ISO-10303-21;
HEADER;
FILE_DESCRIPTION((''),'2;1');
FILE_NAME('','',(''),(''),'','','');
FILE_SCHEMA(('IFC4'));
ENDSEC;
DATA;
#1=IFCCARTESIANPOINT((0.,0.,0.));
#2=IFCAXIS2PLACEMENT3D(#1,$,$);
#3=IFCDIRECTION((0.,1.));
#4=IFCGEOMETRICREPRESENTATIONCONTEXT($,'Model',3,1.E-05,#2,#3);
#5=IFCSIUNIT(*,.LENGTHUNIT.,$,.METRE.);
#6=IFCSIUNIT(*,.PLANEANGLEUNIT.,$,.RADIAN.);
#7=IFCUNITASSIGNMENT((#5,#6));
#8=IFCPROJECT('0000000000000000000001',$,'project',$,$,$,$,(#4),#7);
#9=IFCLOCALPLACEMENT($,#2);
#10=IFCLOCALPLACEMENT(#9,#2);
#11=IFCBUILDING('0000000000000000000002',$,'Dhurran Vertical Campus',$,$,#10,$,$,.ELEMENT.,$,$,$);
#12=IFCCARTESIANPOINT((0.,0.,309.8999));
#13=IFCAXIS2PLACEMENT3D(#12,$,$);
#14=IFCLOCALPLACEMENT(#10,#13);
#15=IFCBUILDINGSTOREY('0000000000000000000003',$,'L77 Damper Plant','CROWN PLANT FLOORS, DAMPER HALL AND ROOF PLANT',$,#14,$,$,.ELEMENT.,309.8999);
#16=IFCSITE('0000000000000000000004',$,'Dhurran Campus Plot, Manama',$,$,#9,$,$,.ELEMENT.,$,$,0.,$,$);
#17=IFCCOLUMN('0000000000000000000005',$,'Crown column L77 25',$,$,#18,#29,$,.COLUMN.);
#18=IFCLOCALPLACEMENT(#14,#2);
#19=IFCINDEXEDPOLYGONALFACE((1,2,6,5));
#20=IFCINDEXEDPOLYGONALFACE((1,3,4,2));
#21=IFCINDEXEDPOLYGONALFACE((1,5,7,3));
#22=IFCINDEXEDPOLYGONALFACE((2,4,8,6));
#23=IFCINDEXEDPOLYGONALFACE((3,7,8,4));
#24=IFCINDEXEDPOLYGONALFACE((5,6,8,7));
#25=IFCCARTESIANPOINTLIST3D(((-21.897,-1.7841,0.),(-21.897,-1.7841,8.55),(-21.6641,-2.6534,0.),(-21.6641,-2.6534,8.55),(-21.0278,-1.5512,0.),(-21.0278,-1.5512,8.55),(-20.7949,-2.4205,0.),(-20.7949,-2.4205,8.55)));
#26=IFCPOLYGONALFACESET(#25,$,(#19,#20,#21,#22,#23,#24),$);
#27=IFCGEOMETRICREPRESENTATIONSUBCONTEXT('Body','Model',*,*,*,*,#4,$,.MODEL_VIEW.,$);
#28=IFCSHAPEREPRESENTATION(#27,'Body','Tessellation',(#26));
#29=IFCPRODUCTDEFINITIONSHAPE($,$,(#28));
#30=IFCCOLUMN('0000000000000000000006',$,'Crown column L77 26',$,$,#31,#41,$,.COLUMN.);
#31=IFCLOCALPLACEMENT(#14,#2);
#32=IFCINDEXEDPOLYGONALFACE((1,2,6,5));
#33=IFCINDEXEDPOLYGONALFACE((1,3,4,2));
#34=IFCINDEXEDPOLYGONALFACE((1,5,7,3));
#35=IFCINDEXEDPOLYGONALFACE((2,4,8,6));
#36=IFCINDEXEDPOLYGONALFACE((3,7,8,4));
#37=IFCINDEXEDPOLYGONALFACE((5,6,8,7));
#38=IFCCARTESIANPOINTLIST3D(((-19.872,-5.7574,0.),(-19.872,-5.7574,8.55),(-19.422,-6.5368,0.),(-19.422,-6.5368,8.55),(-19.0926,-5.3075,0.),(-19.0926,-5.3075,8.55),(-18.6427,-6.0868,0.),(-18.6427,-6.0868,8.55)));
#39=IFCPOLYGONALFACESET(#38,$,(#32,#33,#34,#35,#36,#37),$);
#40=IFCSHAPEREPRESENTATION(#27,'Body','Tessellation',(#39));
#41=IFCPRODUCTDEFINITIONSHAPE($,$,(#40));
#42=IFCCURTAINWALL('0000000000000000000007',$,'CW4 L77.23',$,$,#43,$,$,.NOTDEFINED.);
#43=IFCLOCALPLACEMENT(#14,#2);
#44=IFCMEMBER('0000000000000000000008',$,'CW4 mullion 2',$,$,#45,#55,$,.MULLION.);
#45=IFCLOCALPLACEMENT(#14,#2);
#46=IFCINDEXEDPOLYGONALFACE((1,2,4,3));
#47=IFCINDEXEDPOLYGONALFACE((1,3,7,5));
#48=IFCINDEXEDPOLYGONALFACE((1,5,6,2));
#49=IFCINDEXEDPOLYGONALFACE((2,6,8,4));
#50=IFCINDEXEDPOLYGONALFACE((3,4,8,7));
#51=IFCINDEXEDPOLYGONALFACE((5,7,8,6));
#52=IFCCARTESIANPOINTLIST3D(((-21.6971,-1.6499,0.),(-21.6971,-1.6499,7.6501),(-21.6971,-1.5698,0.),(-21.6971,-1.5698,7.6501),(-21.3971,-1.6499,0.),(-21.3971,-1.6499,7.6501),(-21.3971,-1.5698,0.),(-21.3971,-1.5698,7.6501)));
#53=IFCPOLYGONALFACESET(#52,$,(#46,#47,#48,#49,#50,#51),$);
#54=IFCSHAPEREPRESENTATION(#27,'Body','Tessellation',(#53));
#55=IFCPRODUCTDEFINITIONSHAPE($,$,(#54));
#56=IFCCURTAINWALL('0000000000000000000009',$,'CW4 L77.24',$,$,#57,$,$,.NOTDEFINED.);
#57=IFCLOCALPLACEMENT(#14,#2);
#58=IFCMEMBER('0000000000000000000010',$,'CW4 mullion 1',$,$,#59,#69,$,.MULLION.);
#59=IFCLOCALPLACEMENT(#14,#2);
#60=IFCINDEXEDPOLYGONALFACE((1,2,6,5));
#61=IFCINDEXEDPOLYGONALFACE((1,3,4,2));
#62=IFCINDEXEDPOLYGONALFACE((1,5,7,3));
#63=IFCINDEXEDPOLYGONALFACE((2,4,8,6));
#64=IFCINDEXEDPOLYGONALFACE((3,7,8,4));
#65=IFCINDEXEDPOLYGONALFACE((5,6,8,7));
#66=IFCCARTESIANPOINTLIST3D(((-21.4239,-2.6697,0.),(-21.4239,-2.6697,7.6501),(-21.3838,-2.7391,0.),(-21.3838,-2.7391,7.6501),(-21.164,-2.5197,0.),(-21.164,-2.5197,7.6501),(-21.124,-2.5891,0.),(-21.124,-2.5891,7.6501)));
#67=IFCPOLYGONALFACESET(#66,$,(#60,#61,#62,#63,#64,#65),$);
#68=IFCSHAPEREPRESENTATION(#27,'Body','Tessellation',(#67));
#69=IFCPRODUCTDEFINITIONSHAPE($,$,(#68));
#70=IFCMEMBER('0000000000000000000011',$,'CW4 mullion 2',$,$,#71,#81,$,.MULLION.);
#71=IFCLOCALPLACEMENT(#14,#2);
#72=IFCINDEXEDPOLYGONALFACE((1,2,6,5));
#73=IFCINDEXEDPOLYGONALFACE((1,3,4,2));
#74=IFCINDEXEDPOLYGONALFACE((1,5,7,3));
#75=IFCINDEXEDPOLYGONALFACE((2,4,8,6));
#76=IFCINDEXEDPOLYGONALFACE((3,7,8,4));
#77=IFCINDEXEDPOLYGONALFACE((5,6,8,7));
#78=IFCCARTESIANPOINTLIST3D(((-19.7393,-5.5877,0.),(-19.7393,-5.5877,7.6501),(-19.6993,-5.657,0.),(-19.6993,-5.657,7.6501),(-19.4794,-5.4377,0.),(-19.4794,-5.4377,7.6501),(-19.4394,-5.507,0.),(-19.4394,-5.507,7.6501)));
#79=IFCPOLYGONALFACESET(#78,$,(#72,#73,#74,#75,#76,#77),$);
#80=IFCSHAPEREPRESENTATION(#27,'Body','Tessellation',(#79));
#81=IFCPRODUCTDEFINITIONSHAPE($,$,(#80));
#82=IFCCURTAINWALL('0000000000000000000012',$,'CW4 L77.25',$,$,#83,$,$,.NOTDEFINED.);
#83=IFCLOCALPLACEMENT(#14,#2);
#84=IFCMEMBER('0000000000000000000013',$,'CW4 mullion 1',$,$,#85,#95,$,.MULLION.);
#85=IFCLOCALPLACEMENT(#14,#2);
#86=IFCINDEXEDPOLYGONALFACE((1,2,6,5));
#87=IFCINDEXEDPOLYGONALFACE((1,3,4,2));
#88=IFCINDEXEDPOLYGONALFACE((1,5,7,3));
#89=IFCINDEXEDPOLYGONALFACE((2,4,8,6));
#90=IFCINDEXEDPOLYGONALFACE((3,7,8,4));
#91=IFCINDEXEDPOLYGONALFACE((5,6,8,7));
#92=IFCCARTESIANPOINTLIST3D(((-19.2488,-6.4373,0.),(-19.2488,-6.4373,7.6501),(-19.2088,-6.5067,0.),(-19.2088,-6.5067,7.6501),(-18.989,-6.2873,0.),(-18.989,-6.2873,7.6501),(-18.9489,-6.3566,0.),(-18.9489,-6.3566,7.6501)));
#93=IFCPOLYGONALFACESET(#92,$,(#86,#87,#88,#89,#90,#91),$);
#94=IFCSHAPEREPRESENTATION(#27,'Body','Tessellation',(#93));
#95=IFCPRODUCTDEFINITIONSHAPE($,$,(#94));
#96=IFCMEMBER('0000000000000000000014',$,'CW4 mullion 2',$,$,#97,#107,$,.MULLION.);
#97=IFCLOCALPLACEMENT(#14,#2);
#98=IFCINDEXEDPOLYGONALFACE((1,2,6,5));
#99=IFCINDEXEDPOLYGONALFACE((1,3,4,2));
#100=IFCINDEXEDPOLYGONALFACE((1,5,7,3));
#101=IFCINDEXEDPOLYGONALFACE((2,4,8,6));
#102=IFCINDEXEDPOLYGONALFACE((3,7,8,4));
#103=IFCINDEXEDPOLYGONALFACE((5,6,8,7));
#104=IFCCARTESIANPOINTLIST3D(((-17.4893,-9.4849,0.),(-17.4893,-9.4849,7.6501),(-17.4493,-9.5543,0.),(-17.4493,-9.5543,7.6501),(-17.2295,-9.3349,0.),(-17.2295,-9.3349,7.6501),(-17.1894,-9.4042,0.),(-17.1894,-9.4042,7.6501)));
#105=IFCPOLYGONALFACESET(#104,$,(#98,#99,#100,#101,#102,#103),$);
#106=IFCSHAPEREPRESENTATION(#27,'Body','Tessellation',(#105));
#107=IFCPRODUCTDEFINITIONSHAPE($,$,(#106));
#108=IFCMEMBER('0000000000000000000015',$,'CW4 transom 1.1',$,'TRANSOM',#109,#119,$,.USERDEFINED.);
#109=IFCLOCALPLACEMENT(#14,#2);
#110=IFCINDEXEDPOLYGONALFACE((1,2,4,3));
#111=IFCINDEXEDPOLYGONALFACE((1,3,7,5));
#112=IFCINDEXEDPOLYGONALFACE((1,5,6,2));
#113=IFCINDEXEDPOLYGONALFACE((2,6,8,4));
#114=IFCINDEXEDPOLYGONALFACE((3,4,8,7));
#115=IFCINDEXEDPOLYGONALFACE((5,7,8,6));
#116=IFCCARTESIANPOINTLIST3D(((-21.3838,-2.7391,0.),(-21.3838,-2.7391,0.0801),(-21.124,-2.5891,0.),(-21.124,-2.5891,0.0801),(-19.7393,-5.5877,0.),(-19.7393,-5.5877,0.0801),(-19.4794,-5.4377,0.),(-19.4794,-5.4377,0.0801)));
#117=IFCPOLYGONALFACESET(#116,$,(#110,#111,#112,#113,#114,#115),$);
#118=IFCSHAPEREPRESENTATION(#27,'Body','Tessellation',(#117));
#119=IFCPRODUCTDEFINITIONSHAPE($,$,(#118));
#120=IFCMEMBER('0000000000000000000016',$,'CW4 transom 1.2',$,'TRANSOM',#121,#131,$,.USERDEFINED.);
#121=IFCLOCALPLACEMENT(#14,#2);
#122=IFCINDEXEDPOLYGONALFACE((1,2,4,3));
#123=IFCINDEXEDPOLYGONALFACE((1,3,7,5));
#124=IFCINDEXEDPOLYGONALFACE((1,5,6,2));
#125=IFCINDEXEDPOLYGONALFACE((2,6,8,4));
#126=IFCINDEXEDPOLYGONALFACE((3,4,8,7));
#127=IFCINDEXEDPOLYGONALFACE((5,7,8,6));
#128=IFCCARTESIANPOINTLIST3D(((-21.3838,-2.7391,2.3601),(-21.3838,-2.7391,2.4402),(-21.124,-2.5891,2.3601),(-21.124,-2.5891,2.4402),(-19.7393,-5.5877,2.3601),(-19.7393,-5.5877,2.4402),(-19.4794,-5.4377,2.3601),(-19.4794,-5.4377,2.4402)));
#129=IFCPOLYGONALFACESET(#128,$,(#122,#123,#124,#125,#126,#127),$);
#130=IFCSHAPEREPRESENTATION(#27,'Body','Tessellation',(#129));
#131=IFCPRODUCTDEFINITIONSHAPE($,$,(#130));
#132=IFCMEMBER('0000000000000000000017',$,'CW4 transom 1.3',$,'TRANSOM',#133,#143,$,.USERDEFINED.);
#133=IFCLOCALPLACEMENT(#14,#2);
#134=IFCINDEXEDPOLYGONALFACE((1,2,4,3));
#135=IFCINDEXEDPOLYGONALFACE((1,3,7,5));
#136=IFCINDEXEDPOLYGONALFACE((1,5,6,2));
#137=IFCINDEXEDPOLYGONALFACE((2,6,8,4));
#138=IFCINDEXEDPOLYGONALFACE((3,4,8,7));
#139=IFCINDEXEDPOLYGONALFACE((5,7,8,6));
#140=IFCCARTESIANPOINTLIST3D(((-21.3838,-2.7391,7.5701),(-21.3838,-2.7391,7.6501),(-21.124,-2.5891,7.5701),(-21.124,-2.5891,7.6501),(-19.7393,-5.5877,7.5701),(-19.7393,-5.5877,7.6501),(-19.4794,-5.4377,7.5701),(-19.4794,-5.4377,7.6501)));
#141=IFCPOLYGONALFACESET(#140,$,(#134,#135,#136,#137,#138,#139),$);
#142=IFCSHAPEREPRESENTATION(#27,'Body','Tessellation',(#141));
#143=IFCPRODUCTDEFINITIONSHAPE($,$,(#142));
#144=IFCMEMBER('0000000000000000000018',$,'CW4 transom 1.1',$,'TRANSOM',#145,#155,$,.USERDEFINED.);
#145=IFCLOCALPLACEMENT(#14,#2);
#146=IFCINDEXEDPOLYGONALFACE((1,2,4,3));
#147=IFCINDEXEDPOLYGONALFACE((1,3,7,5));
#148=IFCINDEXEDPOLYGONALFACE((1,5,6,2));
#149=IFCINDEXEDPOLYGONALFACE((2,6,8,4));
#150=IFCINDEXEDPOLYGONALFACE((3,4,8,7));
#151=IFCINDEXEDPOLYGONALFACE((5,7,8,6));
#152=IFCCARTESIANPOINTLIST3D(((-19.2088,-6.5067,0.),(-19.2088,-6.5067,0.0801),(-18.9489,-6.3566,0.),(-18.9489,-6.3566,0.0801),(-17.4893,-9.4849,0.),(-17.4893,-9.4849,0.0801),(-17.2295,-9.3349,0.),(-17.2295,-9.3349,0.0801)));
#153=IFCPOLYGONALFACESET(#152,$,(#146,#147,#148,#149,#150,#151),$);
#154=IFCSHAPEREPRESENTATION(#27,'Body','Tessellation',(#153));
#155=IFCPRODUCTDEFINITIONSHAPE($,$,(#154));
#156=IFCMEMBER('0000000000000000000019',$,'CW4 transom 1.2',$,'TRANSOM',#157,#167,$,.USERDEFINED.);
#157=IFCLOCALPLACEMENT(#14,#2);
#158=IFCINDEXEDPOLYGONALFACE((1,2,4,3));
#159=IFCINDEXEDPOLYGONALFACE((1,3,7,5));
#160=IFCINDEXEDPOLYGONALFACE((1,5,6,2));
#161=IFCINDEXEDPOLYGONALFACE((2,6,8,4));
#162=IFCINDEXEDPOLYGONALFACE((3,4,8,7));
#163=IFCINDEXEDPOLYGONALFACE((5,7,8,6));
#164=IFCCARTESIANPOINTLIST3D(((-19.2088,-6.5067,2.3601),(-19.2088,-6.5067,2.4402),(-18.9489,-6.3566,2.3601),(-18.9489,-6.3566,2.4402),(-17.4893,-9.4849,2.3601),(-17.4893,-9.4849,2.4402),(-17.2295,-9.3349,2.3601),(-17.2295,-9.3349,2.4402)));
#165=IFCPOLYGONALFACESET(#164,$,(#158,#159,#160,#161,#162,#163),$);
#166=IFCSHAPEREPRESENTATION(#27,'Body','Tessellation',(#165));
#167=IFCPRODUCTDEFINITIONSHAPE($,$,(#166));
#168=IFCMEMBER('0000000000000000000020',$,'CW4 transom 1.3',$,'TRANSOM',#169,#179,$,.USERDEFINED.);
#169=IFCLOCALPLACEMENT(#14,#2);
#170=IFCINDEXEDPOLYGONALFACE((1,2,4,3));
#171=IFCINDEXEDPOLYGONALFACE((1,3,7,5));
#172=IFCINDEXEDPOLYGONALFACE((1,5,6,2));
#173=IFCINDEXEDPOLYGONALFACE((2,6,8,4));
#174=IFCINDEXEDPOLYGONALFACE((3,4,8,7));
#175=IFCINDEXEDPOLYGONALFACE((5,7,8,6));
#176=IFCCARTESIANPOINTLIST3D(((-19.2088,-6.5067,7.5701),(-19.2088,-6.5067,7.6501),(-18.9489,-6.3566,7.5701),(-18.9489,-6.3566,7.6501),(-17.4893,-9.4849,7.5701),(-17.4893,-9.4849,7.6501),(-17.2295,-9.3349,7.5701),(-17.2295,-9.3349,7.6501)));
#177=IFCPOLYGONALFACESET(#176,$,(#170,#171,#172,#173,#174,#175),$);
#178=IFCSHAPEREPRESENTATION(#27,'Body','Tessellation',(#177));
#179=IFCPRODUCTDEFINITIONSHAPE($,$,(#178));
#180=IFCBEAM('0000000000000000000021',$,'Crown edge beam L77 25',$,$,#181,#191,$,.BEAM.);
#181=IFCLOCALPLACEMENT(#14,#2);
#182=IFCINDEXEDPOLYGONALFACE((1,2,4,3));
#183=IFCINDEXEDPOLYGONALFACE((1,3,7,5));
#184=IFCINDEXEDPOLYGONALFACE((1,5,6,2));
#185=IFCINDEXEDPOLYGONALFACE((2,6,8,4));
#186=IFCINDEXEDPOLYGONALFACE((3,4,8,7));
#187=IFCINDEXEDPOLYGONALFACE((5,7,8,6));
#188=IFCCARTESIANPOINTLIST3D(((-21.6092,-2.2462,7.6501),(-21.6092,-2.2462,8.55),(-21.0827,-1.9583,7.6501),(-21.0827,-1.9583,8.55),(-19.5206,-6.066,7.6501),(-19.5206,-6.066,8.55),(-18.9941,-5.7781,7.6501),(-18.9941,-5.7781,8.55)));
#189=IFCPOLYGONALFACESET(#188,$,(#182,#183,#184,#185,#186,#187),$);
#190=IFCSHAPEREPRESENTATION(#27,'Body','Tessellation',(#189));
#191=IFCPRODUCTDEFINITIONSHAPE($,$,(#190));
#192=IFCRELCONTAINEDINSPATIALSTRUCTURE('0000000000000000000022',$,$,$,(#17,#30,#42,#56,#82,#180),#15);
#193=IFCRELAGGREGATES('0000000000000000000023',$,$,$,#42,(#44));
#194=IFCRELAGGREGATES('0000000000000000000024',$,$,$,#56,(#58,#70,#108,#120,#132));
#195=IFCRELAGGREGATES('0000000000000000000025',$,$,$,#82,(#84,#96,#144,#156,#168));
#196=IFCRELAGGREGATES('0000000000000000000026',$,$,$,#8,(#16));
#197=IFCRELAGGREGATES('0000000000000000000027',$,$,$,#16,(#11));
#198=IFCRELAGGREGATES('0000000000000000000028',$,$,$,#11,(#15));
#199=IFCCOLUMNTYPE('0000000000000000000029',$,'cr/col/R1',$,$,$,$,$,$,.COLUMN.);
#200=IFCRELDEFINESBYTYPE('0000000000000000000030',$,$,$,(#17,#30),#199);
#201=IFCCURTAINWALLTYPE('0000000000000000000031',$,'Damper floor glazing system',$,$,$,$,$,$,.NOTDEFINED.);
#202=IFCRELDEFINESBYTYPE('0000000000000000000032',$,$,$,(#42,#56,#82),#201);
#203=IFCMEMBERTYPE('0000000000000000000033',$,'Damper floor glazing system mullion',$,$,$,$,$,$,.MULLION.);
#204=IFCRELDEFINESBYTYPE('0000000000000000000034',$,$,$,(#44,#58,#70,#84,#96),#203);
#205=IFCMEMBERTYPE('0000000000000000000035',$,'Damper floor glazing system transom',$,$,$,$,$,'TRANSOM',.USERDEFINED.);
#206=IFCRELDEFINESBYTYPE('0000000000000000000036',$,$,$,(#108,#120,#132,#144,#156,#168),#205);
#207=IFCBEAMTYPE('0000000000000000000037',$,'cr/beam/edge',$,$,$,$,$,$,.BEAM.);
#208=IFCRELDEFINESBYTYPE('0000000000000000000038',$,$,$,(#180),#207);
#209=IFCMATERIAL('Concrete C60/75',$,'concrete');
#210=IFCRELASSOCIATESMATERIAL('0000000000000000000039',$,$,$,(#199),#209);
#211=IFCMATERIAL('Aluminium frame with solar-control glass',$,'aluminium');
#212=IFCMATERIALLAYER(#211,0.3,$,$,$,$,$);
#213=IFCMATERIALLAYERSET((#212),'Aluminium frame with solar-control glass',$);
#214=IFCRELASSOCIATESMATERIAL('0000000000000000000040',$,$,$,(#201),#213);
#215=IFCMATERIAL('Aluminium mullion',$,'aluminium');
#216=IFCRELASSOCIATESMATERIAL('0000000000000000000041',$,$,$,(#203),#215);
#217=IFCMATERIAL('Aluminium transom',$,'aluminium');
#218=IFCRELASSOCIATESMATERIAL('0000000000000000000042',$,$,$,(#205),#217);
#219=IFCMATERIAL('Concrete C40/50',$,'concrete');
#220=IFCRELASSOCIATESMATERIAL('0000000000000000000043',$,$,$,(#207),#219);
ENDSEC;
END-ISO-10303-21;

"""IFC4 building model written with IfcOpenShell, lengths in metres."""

from ifc_helpers import new_model, si_unit, direction, frame, origin, origin_2d, place, context, subcontext, project, spatial, rectangle, extrude, material, layer, layer_set, material_profile, profile_set, type_object, element, aggregate, save


model = new_model("IFC4")

# Units and contexts
model_context = context("Model", 3, precision=1e-05, world=origin(), true_north=direction((0.0, 1.0)))
body_context = subcontext(model_context, "Body", "Model", "MODEL_VIEW")
ifc_project = project(units=[si_unit("LENGTHUNIT", "METRE"), si_unit("PLANEANGLEUNIT", "RADIAN")], contexts=[model_context])

# Site, building, storey
site_placement = place(None, origin())
site = spatial("IfcSite", under=ifc_project, at=site_placement, Name="Dhurran Campus Plot, Manama", CompositionType="ELEMENT", RefElevation=0.0)
building_placement = place(site_placement, origin())
building = spatial("IfcBuilding", under=site, at=building_placement, Name="Dhurran Vertical Campus", CompositionType="ELEMENT")
storey_placement = place(building_placement, frame((0.0, 0.0, 309.8999)))
storey = spatial("IfcBuildingStorey", under=building, at=storey_placement, Name="L77 Damper Plant", Description="CROWN PLANT FLOORS, DAMPER HALL AND ROOF PLANT", CompositionType="ELEMENT", Elevation=309.8999)

# Columns
ifc_material_1 = material(Name="Concrete C60/75", Category="concrete")
ifc_material_profile_1 = material_profile(ifc_material_1, rectangle(XDim=0.8999, YDim=0.8999, at=origin_2d()), Name="cr/col/R1")
ifc_profile_set_1 = profile_set([ifc_material_profile_1], Name="Concrete C60/75")
column_type = type_object("IfcColumnType", Name="cr/col/R1", PredefinedType="COLUMN", material=ifc_profile_set_1)
for number, where, z_axis, x_axis, name in (
    (1, (-21.3459, -2.1023, 0.0), (0.0, 0.0, 1.0), (0.258819, -0.965926, 0.0), "Crown column L77 25"),
    (2, (-19.2573, -5.9221, 0.0), (0.0, 0.0, 1.0), (0.5, -0.866025, 0.0), "Crown column L77 26"),
):
    element("IfcColumn", number, at=place(storey_placement, frame(where, z_axis=z_axis, x_axis=x_axis)), inside=storey, type_object=column_type, Name=name, PredefinedType="COLUMN", context=body_context, shape_type="SweptSolid", body=[
        extrude(rectangle(XDim=0.8999, YDim=0.8999, at=origin_2d()), origin(), (0.0, 0.0, 1.0), 8.55),
    ])

# Curtain wall, member
ifc_material_2 = material(Name="Aluminium frame with solar-control glass", Category="aluminium")
ifc_layer_1 = layer(ifc_material_2, 0.3)
ifc_layer_set_1 = layer_set([ifc_layer_1], Name="Aluminium frame with solar-control glass")
curtain_wall_type = type_object("IfcCurtainWallType", Name="Damper floor glazing system", PredefinedType="NOTDEFINED", material=ifc_layer_set_1)
curtain_wall_1_placement = place(storey_placement, origin())
curtain_wall_1 = element("IfcCurtainWall", 3, at=curtain_wall_1_placement, inside=storey, type_object=curtain_wall_type, Name="CW4 L77.23", PredefinedType="NOTDEFINED")
ifc_material_3 = material(Name="Aluminium mullion", Category="aluminium")
ifc_material_profile_2 = material_profile(ifc_material_3, rectangle(XDim=0.3, YDim=0.0801, at=origin_2d()), Name="Damper floor glazing system mullion")
ifc_profile_set_2 = profile_set([ifc_material_profile_2], Name="Aluminium mullion")
member_type_1 = type_object("IfcMemberType", Name="Damper floor glazing system mullion", PredefinedType="MULLION", material=ifc_profile_set_2)
member_1_placement = place(storey_placement, frame((-21.5471, -1.6099, 0.0), z_axis=(0.0, 0.0, 1.0), x_axis=(1.0, 0.0, 0.0)))
member_1 = element("IfcMember", 4, at=member_1_placement, type_object=member_type_1, Name="CW4 mullion 2", PredefinedType="MULLION", context=body_context, shape_type="SweptSolid", body=[
    extrude(rectangle(XDim=0.3, YDim=0.0801, at=origin_2d()), origin(), (0.0, 0.0, 1.0), 7.6501),
])

# Curtain walls, members
curtain_wall_2_placement = place(storey_placement, origin())
curtain_wall_2 = element("IfcCurtainWall", 5, at=curtain_wall_2_placement, inside=storey, type_object=curtain_wall_type, Name="CW4 L77.24", PredefinedType="NOTDEFINED")
member_2_placement = place(storey_placement, frame((-21.2739, -2.6294, 0.0), z_axis=(0.0, 0.0, 1.0), x_axis=(0.866028, 0.499996, 0.0)))
member_2 = element("IfcMember", 6, at=member_2_placement, type_object=member_type_1, Name="CW4 mullion 1", PredefinedType="MULLION", context=body_context, shape_type="SweptSolid", body=[
    extrude(rectangle(XDim=0.3, YDim=0.0801, at=origin_2d()), origin(), (0.0, 0.0, 1.0), 7.6501),
])
member_3_placement = place(storey_placement, frame((-19.5894, -5.5474, 0.0), z_axis=(0.0, 0.0, 1.0), x_axis=(0.866028, 0.499996, 0.0)))
member_3 = element("IfcMember", 7, at=member_3_placement, type_object=member_type_1, Name="CW4 mullion 2", PredefinedType="MULLION", context=body_context, shape_type="SweptSolid", body=[
    extrude(rectangle(XDim=0.3, YDim=0.0801, at=origin_2d()), origin(), (0.0, 0.0, 1.0), 7.6501),
])
curtain_wall_3_placement = place(storey_placement, origin())
curtain_wall_3 = element("IfcCurtainWall", 8, at=curtain_wall_3_placement, inside=storey, type_object=curtain_wall_type, Name="CW4 L77.25", PredefinedType="NOTDEFINED")
member_4_placement = place(storey_placement, frame((-19.0989, -6.397, 0.0), z_axis=(0.0, 0.0, 1.0), x_axis=(0.866024, 0.500003, 0.0)))
member_4 = element("IfcMember", 9, at=member_4_placement, type_object=member_type_1, Name="CW4 mullion 1", PredefinedType="MULLION", context=body_context, shape_type="SweptSolid", body=[
    extrude(rectangle(XDim=0.3, YDim=0.0801, at=origin_2d()), origin(), (0.0, 0.0, 1.0), 7.6501),
])
member_5_placement = place(storey_placement, frame((-17.3394, -9.4446, 0.0), z_axis=(0.0, 0.0, 1.0), x_axis=(0.866024, 0.500003, 0.0)))
member_5 = element("IfcMember", 10, at=member_5_placement, type_object=member_type_1, Name="CW4 mullion 2", PredefinedType="MULLION", context=body_context, shape_type="SweptSolid", body=[
    extrude(rectangle(XDim=0.3, YDim=0.0801, at=origin_2d()), origin(), (0.0, 0.0, 1.0), 7.6501),
])

# Members
ifc_material_4 = material(Name="Aluminium transom", Category="aluminium")
ifc_material_profile_3 = material_profile(ifc_material_4, rectangle(XDim=0.3, YDim=0.0801, at=origin_2d()), Name="Damper floor glazing system transom")
ifc_profile_set_3 = profile_set([ifc_material_profile_3], Name="Aluminium transom")
member_type_2 = type_object("IfcMemberType", Name="Damper floor glazing system transom", ElementType="TRANSOM", PredefinedType="USERDEFINED", material=ifc_profile_set_3)
member_6_placement = place(storey_placement, frame((-21.2539, -2.6641, 0.04), z_axis=(0.499971, -0.866042, 0.0), x_axis=(0.866042, 0.499971, 0.0)))
member_6 = element("IfcMember", 11, at=member_6_placement, type_object=member_type_2, Name="CW4 transom 1.1", ObjectType="TRANSOM", PredefinedType="USERDEFINED", context=body_context, shape_type="SweptSolid", body=[
    extrude(rectangle(XDim=0.3, YDim=0.0801, at=origin_2d()), origin(), (0.0, 0.0, 1.0), 3.2893),
])
member_7_placement = place(storey_placement, frame((-21.2539, -2.6641, 2.4001), z_axis=(0.499971, -0.866042, 0.0), x_axis=(0.866042, 0.499971, 0.0)))
member_7 = element("IfcMember", 12, at=member_7_placement, type_object=member_type_2, Name="CW4 transom 1.2", ObjectType="TRANSOM", PredefinedType="USERDEFINED", context=body_context, shape_type="SweptSolid", body=[
    extrude(rectangle(XDim=0.3, YDim=0.0801, at=origin_2d()), origin(), (0.0, 0.0, 1.0), 3.2893),
])
member_8_placement = place(storey_placement, frame((-21.2539, -2.6641, 7.6101), z_axis=(0.499971, -0.866042, 0.0), x_axis=(0.866042, 0.499971, 0.0)))
member_8 = element("IfcMember", 13, at=member_8_placement, type_object=member_type_2, Name="CW4 transom 1.3", ObjectType="TRANSOM", PredefinedType="USERDEFINED", context=body_context, shape_type="SweptSolid", body=[
    extrude(rectangle(XDim=0.3, YDim=0.0801, at=origin_2d()), origin(), (0.0, 0.0, 1.0), 3.2893),
])
member_9_placement = place(storey_placement, frame((-19.0789, -6.4316, 0.04), z_axis=(0.499995, -0.866028, 0.0), x_axis=(0.866028, 0.499995, 0.0)))
member_9 = element("IfcMember", 14, at=member_9_placement, type_object=member_type_2, Name="CW4 transom 1.1", ObjectType="TRANSOM", PredefinedType="USERDEFINED", context=body_context, shape_type="SweptSolid", body=[
    extrude(rectangle(XDim=0.3, YDim=0.0801, at=origin_2d()), origin(), (0.0, 0.0, 1.0), 3.439),
])
member_10_placement = place(storey_placement, frame((-19.0789, -6.4316, 2.4001), z_axis=(0.499995, -0.866028, 0.0), x_axis=(0.866028, 0.499995, 0.0)))
member_10 = element("IfcMember", 15, at=member_10_placement, type_object=member_type_2, Name="CW4 transom 1.2", ObjectType="TRANSOM", PredefinedType="USERDEFINED", context=body_context, shape_type="SweptSolid", body=[
    extrude(rectangle(XDim=0.3, YDim=0.0801, at=origin_2d()), origin(), (0.0, 0.0, 1.0), 3.439),
])
member_11_placement = place(storey_placement, frame((-19.0789, -6.4316, 7.6101), z_axis=(0.499995, -0.866028, 0.0), x_axis=(0.866028, 0.499995, 0.0)))
member_11 = element("IfcMember", 16, at=member_11_placement, type_object=member_type_2, Name="CW4 transom 1.3", ObjectType="TRANSOM", PredefinedType="USERDEFINED", context=body_context, shape_type="SweptSolid", body=[
    extrude(rectangle(XDim=0.3, YDim=0.0801, at=origin_2d()), origin(), (0.0, 0.0, 1.0), 3.439),
])

# Beam
ifc_material_5 = material(Name="Concrete C40/50", Category="concrete")
ifc_material_profile_4 = material_profile(ifc_material_5, rectangle(XDim=0.6001, YDim=0.8999, at=origin_2d()), Name="cr/beam/edge")
ifc_profile_set_4 = profile_set([ifc_material_profile_4], Name="Concrete C40/50")
beam_type = type_object("IfcBeamType", Name="cr/beam/edge", PredefinedType="BEAM", material=ifc_profile_set_4)
beam_1_placement = place(storey_placement, frame((-21.3459, -2.1023, 8.1001), z_axis=(0.479752, -0.877404, 0.0), x_axis=(0.877404, 0.479752, 0.0)))
element("IfcBeam", 17, at=beam_1_placement, inside=storey, type_object=beam_type, Name="Crown edge beam L77 25", PredefinedType="BEAM", context=body_context, shape_type="SweptSolid", body=[
    extrude(rectangle(XDim=0.6001, YDim=0.8999, at=origin_2d()), origin(), (0.0, 0.0, 1.0), 4.3535),
])

aggregate(curtain_wall_1, [member_1])
aggregate(curtain_wall_2, [member_2, member_3, member_6, member_7, member_8])
aggregate(curtain_wall_3, [member_4, member_5, member_9, member_10, member_11])

save(model, "model.ifc")
